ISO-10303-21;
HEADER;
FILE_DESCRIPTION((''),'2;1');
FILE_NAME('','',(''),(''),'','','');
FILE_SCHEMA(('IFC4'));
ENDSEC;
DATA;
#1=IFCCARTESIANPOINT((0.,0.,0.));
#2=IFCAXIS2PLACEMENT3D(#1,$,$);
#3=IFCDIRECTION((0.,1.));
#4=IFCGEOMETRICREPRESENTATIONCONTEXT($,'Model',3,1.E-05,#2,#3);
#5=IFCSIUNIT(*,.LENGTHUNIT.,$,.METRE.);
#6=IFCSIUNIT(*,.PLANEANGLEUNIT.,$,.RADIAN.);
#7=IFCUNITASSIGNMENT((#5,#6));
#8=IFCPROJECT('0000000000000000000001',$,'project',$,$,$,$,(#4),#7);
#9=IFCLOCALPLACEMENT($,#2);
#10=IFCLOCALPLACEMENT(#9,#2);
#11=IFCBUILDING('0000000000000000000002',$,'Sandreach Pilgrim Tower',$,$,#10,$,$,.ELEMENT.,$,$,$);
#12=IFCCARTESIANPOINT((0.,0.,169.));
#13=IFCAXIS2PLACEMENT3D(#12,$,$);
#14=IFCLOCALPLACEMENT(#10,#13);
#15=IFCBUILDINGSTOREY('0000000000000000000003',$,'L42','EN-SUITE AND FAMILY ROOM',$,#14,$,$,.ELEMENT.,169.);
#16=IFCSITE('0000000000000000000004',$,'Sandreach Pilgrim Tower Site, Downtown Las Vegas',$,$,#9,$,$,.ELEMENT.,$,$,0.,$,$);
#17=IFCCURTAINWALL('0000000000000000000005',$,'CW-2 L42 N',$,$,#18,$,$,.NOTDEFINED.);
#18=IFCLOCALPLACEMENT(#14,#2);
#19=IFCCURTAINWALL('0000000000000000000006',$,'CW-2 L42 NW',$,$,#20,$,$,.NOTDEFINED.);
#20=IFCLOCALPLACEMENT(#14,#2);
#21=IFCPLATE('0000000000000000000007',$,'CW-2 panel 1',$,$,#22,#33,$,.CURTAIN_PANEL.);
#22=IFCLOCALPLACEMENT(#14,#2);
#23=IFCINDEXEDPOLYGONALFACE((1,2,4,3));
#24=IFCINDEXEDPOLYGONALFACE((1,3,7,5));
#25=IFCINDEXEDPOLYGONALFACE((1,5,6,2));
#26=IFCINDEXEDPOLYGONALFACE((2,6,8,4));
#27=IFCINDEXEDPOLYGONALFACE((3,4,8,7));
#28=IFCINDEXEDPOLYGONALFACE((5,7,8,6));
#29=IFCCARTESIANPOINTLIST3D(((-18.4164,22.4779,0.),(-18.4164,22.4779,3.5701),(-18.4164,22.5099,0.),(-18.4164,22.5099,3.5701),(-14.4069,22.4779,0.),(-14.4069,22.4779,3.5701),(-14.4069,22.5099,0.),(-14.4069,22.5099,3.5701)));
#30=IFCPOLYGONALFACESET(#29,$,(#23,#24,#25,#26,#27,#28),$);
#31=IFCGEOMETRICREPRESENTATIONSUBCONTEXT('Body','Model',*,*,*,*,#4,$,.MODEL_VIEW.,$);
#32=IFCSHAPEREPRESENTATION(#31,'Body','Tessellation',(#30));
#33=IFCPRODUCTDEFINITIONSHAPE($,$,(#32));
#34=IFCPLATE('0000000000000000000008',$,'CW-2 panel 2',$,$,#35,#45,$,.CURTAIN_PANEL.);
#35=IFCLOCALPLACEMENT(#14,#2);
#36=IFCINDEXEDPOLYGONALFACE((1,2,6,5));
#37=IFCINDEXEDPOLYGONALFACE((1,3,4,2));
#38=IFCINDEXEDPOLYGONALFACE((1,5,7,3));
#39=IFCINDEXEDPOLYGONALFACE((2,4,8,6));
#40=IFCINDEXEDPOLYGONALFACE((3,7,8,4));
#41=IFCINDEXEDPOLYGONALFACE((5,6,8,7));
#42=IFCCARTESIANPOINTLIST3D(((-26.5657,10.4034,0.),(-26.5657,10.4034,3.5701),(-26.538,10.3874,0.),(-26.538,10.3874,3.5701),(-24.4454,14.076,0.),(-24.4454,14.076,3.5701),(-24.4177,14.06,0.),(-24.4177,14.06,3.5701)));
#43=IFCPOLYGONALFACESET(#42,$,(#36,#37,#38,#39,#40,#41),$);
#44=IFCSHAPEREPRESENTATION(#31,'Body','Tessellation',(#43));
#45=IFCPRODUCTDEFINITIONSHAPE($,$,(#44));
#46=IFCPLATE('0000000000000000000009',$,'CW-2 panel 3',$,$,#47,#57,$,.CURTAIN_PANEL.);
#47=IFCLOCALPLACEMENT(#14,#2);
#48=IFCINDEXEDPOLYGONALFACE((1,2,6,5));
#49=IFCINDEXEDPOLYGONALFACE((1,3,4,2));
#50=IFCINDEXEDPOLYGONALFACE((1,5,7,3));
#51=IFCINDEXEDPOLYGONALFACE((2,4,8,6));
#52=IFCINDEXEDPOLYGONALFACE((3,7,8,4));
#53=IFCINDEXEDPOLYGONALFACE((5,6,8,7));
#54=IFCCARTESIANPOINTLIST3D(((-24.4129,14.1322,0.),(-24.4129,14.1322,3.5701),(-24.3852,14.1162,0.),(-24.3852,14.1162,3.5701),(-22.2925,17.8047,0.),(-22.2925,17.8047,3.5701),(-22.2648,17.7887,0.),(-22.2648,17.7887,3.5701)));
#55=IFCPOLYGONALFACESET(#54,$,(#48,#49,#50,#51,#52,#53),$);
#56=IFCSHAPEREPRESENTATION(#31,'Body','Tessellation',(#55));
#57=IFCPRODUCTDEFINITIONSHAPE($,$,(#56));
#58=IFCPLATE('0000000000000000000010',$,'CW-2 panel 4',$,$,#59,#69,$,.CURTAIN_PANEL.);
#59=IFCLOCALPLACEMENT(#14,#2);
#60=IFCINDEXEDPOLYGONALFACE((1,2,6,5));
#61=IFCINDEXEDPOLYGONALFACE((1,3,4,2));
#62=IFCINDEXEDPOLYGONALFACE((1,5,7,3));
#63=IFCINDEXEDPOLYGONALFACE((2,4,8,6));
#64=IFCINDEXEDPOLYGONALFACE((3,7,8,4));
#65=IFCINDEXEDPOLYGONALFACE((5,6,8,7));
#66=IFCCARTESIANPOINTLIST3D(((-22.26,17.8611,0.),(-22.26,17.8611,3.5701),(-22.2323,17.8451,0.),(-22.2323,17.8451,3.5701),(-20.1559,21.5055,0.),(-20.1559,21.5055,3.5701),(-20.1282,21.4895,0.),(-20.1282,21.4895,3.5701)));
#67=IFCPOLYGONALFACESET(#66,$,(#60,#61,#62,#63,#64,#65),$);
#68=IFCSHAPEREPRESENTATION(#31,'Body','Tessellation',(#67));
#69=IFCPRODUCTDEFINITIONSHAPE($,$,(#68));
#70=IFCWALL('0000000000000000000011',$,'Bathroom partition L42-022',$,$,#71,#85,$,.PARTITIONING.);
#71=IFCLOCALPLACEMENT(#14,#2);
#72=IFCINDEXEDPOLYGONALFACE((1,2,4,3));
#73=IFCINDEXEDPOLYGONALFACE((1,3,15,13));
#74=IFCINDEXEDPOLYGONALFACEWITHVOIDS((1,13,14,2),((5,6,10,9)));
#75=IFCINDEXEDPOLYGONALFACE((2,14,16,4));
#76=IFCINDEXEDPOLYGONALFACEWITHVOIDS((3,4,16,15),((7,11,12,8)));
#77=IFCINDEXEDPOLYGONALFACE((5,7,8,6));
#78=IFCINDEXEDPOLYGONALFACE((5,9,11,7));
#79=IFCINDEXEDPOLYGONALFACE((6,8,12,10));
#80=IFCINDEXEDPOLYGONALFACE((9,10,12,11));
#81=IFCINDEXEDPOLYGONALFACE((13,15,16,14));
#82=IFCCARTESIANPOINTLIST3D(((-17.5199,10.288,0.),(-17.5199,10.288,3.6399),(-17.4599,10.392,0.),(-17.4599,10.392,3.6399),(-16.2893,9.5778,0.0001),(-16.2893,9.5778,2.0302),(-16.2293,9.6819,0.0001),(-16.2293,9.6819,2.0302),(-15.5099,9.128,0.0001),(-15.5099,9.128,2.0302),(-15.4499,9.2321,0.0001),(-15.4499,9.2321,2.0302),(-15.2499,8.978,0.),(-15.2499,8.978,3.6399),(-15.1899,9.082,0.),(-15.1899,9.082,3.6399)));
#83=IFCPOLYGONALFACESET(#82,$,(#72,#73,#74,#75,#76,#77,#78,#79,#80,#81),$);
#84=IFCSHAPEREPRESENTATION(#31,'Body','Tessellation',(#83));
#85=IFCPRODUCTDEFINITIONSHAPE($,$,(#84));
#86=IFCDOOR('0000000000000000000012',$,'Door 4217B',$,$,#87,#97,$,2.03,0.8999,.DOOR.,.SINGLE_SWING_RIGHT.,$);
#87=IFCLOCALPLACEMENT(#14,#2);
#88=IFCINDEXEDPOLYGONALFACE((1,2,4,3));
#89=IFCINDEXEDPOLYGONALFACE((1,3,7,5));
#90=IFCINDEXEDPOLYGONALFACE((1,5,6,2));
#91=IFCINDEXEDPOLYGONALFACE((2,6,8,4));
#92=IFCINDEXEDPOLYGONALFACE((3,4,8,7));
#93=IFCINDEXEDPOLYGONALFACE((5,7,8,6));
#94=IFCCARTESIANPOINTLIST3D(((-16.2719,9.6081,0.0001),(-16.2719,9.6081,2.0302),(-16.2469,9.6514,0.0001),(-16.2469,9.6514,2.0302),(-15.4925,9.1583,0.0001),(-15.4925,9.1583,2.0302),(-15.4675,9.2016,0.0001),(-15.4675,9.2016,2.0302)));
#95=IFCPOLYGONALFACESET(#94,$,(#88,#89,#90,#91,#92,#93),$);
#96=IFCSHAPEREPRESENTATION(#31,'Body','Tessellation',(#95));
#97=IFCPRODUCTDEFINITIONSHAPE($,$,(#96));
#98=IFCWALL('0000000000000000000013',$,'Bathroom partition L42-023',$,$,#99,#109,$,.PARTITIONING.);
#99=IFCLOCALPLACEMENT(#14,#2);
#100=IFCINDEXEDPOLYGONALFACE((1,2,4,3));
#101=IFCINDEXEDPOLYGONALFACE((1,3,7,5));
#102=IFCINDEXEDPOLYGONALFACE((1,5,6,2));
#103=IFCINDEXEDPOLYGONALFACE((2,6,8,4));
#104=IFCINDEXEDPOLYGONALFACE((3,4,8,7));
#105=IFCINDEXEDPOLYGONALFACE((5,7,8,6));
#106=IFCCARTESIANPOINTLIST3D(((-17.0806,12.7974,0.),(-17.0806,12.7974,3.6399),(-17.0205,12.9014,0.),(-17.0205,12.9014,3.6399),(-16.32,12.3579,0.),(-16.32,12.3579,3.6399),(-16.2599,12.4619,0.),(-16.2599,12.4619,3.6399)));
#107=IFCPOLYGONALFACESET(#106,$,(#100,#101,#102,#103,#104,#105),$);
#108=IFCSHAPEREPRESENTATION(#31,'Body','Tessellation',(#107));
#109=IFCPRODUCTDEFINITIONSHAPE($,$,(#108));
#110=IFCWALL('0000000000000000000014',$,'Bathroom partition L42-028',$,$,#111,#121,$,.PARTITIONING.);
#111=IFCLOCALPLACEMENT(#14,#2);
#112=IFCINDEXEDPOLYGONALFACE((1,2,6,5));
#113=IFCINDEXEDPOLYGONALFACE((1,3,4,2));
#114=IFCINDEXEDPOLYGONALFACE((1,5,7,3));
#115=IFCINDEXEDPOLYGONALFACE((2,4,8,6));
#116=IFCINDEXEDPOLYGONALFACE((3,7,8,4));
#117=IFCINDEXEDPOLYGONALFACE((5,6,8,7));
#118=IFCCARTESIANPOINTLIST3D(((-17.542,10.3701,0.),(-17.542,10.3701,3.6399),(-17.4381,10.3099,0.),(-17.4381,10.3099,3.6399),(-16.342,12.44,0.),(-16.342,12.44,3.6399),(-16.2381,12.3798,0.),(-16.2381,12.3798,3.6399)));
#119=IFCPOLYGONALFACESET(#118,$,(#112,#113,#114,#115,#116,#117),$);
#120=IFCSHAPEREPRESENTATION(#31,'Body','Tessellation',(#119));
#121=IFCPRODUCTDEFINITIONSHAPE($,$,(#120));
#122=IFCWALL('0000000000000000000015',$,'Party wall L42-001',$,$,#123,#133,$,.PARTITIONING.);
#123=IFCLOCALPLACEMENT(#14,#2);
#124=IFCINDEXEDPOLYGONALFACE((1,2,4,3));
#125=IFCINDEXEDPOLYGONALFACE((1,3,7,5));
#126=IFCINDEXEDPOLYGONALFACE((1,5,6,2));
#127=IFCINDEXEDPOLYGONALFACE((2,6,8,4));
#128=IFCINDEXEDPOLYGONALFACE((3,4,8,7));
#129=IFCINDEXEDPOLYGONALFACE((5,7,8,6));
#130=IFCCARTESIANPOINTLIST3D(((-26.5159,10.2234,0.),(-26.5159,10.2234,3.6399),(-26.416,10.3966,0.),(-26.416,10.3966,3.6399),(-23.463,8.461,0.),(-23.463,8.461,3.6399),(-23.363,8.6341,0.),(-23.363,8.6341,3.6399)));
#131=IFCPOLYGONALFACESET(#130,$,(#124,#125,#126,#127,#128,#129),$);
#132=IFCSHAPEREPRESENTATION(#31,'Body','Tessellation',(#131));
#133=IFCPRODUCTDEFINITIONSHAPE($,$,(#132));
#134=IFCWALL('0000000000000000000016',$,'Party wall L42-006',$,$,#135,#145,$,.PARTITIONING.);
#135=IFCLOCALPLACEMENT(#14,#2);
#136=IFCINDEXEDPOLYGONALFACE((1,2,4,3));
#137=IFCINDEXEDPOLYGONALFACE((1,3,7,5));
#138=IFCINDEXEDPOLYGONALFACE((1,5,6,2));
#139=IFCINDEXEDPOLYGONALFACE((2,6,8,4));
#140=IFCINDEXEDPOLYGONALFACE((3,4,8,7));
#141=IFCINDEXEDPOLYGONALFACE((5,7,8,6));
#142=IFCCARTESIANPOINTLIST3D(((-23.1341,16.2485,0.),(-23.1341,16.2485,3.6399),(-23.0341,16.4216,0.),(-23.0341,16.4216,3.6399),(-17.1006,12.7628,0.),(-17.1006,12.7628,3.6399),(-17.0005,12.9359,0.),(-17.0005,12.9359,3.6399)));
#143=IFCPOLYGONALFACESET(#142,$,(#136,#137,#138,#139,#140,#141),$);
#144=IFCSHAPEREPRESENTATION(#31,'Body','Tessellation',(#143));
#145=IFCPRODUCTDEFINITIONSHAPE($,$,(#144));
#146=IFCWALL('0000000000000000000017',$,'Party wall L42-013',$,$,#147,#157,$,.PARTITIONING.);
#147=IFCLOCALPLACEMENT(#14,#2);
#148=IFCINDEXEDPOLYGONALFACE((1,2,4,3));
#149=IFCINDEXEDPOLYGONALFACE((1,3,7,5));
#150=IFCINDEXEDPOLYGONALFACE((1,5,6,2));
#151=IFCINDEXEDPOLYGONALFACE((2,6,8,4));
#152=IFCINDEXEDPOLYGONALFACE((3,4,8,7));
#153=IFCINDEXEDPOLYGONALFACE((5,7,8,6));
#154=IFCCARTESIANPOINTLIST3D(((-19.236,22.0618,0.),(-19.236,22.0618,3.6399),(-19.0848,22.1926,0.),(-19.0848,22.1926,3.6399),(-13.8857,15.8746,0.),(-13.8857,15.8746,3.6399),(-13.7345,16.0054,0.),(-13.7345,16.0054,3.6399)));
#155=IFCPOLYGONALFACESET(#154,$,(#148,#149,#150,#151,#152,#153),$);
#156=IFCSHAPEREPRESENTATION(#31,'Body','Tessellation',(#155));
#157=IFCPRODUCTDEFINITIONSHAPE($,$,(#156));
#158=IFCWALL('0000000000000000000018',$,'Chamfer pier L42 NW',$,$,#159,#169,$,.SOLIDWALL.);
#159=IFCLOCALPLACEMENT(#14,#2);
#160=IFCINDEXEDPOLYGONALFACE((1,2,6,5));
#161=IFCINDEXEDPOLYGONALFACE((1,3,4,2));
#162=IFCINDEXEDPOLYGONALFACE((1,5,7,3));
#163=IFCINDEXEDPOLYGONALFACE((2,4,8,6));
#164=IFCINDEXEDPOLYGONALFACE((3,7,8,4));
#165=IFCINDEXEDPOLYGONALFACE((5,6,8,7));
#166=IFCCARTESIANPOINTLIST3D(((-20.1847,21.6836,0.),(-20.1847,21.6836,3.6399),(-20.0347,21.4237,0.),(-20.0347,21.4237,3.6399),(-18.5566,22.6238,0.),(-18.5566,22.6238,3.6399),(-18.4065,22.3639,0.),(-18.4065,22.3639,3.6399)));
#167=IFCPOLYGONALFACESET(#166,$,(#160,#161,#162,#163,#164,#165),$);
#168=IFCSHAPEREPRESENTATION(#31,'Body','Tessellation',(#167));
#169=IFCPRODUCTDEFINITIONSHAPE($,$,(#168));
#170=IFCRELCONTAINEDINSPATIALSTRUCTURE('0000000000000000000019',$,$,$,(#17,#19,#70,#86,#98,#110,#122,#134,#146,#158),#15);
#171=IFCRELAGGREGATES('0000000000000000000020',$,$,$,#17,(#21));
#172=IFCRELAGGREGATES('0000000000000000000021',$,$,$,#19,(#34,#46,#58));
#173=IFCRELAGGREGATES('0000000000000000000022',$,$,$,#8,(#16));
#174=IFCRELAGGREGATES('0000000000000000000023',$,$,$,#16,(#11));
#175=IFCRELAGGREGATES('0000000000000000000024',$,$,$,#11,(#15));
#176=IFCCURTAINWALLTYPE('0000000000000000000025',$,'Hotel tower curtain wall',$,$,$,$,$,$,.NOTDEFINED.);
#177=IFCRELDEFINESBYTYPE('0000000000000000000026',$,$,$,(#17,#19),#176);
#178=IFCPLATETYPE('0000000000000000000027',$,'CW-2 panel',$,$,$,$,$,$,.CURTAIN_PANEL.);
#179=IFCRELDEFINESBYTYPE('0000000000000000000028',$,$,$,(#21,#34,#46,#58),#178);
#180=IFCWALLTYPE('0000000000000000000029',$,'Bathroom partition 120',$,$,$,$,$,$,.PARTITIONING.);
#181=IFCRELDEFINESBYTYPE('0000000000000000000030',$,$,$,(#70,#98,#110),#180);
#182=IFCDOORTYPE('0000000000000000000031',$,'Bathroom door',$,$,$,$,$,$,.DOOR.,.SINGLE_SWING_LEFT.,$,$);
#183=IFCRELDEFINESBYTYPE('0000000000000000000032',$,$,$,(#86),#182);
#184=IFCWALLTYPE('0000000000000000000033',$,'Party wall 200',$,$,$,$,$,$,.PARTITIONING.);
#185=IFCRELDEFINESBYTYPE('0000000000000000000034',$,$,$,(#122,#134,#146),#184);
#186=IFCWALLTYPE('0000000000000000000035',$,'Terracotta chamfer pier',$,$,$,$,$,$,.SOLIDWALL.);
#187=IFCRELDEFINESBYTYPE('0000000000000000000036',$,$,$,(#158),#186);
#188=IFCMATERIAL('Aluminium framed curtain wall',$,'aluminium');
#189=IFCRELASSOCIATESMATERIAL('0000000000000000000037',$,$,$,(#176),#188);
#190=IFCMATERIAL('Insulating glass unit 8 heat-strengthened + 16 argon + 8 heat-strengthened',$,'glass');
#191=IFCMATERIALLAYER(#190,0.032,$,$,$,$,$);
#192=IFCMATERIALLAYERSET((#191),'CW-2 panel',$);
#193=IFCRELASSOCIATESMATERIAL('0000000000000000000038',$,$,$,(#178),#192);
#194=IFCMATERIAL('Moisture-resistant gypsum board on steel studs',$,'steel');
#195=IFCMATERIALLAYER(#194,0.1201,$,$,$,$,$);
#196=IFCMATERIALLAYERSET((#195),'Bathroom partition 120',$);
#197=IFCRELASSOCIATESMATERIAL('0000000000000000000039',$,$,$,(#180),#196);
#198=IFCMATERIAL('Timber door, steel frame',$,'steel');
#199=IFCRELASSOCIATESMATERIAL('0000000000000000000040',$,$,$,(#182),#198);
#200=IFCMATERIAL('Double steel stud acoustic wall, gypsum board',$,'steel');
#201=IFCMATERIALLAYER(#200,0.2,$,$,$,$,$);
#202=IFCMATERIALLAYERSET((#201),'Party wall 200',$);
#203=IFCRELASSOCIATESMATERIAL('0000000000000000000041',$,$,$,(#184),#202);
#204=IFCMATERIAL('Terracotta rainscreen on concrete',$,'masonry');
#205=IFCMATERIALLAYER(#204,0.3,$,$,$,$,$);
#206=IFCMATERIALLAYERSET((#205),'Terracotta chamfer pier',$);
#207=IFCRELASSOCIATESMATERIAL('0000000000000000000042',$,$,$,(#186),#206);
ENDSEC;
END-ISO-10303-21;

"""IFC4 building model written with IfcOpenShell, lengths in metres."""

from ifc_helpers import new_model, si_unit, direction, frame, frame_2d, origin, origin_2d, place, context, subcontext, project, spatial, rectangle, extrude, material, layer, layer_set, type_object, element, fill, aggregate, save


model = new_model("IFC4")

# Units and contexts
model_context = context("Model", 3, precision=1e-05, world=origin(), true_north=direction((0.0, 1.0)))
body_context = subcontext(model_context, "Body", "Model", "MODEL_VIEW")
ifc_project = project(units=[si_unit("LENGTHUNIT", "METRE"), si_unit("PLANEANGLEUNIT", "RADIAN")], contexts=[model_context])

# Site, building, storey
site_placement = place(None, origin())
site = spatial("IfcSite", under=ifc_project, at=site_placement, Name="Sandreach Pilgrim Tower Site, Downtown Las Vegas", CompositionType="ELEMENT", RefElevation=0.0)
building_placement = place(site_placement, origin())
building = spatial("IfcBuilding", under=site, at=building_placement, Name="Sandreach Pilgrim Tower", CompositionType="ELEMENT")
storey_placement = place(building_placement, frame((0.0, 0.0, 169.0)))
storey = spatial("IfcBuildingStorey", under=building, at=storey_placement, Name="L42", Description="EN-SUITE AND FAMILY ROOM", CompositionType="ELEMENT", Elevation=169.0)

# Curtain wall
ifc_material_1 = material(Name="Aluminium framed curtain wall", Category="aluminium")
curtain_wall_type = type_object("IfcCurtainWallType", Name="Hotel tower curtain wall", PredefinedType="NOTDEFINED", material=ifc_material_1)
curtain_wall_1_placement = place(storey_placement, origin())
curtain_wall_1 = element("IfcCurtainWall", 1, at=curtain_wall_1_placement, inside=storey, type_object=curtain_wall_type, Name="CW-2 L42 N", PredefinedType="NOTDEFINED")

# Curtain wall
curtain_wall_2_placement = place(storey_placement, origin())
curtain_wall_2 = element("IfcCurtainWall", 2, at=curtain_wall_2_placement, inside=storey, type_object=curtain_wall_type, Name="CW-2 L42 NW", PredefinedType="NOTDEFINED")

# Plates
ifc_material_2 = material(Name="Insulating glass unit 8 heat-strengthened + 16 argon + 8 heat-strengthened", Category="glass")
ifc_layer_1 = layer(ifc_material_2, 0.032)
ifc_layer_set_1 = layer_set([ifc_layer_1], Name="CW-2 panel")
plate_type = type_object("IfcPlateType", Name="CW-2 panel", PredefinedType="CURTAIN_PANEL", material=ifc_layer_set_1)
plate_1_placement = place(storey_placement, frame((-16.4116, 22.4939, 0.0), z_axis=(0.0, 0.0, 1.0), x_axis=(1.0, 0.0, 0.0)))
plate_1 = element("IfcPlate", 3, at=plate_1_placement, type_object=plate_type, Name="CW-2 panel 1", PredefinedType="CURTAIN_PANEL", context=body_context, shape_type="SweptSolid", body=[
    extrude(rectangle(XDim=4.0095, YDim=0.032, at=origin_2d()), origin(), (0.0, 0.0, 1.0), 3.5701),
])
aggregate(curtain_wall_1, [plate_1])
plate_2_placement = place(storey_placement, frame((-25.4917, 12.2317, 0.0), z_axis=(0.0, 0.0, 1.0), x_axis=(0.5, 0.866025, 0.0)))
plate_2 = element("IfcPlate", 4, at=plate_2_placement, type_object=plate_type, Name="CW-2 panel 2", PredefinedType="CURTAIN_PANEL", context=body_context, shape_type="SweptSolid", body=[
    extrude(rectangle(XDim=4.2407, YDim=0.032, at=origin_2d()), origin(), (0.0, 0.0, 1.0), 3.5701),
])
plate_3_placement = place(storey_placement, frame((-23.3389, 15.9604, 0.0), z_axis=(0.0, 0.0, 1.0), x_axis=(0.5, 0.866025, 0.0)))
plate_3 = element("IfcPlate", 5, at=plate_3_placement, type_object=plate_type, Name="CW-2 panel 3", PredefinedType="CURTAIN_PANEL", context=body_context, shape_type="SweptSolid", body=[
    extrude(rectangle(XDim=4.2407, YDim=0.032, at=origin_2d()), origin(), (0.0, 0.0, 1.0), 3.5701),
])
plate_4_placement = place(storey_placement, frame((-21.1941, 19.6753, 0.0), z_axis=(0.0, 0.0, 1.0), x_axis=(0.5, 0.866025, 0.0)))
plate_4 = element("IfcPlate", 6, at=plate_4_placement, type_object=plate_type, Name="CW-2 panel 4", PredefinedType="CURTAIN_PANEL", context=body_context, shape_type="SweptSolid", body=[
    extrude(rectangle(XDim=4.2083, YDim=0.032, at=origin_2d()), origin(), (0.0, 0.0, 1.0), 3.5701),
])
aggregate(curtain_wall_2, [plate_2, plate_3, plate_4])

# Wall, opening, door
ifc_material_3 = material(Name="Moisture-resistant gypsum board on steel studs", Category="steel")
ifc_layer_2 = layer(ifc_material_3, 0.1201)
ifc_layer_set_2 = layer_set([ifc_layer_2], Name="Bathroom partition 120")
wall_type_1 = type_object("IfcWallType", Name="Bathroom partition 120", PredefinedType="PARTITIONING", material=ifc_layer_set_2)
wall_1_placement = place(storey_placement, frame((-17.49, 10.3401, 0.0), z_axis=(0.0, 0.0, 1.0), x_axis=(0.866114, -0.499846, 0.0)))
wall_1 = element("IfcWall", 7, at=wall_1_placement, inside=storey, type_object=wall_type_1, Name="Bathroom partition L42-022", PredefinedType="PARTITIONING", context=body_context, shape_type="SweptSolid", body=[
    extrude(rectangle(XDim=2.6208, YDim=0.1201, at=frame_2d((1.3105, 0.0))), origin(), (0.0, 0.0, 1.0), 3.6399),
])
opening_placement = place(wall_1_placement, frame((1.4209, 0.0, 0.0)))
opening = element("IfcOpeningElement", 8, at=opening_placement, cuts=wall_1, PredefinedType="OPENING", context=body_context, shape_type="SweptSolid", body=[
    extrude(rectangle(XDim=0.8999, YDim=2.03, at=frame_2d((0.45, 1.0151))), frame((0.0, 0.0601, 0.0), z_axis=(0.0, -1.0, 0.0), x_axis=(1.0, 0.0, 0.0)), (0.0, 0.0, 1.0), 0.1201),
])
ifc_material_4 = material(Name="Timber door, steel frame", Category="steel")
door_type = type_object("IfcDoorType", Name="Bathroom door", OperationType="SINGLE_SWING_LEFT", PredefinedType="DOOR", material=ifc_material_4)
door_placement = place(opening_placement, origin())
door = element("IfcDoor", 9, at=door_placement, inside=storey, type_object=door_type, Name="Door 4217B", OperationType="SINGLE_SWING_RIGHT", OverallHeight=2.03, OverallWidth=0.8999, PredefinedType="DOOR", context=body_context, shape_type="SweptSolid", body=[
    extrude(rectangle(XDim=0.8999, YDim=2.03, at=frame_2d((0.45, 1.0151))), frame((0.0, 0.0249, 0.0), z_axis=(0.0, -1.0, 0.0), x_axis=(1.0, 0.0, 0.0)), (0.0, 0.0, 1.0), 0.05),
])
fill(opening, door)

# Walls
wall_2_placement = place(storey_placement, frame((-17.0505, 12.8494, 0.0), z_axis=(0.0, 0.0, 1.0), x_axis=(0.865838, -0.500324, 0.0)))
element("IfcWall", 10, at=wall_2_placement, inside=storey, type_object=wall_type_1, Name="Bathroom partition L42-023", PredefinedType="PARTITIONING", context=body_context, shape_type="SweptSolid", body=[
    extrude(rectangle(XDim=0.8784, YDim=0.1201, at=frame_2d((0.4392, 0.0))), origin(), (0.0, 0.0, 1.0), 3.6399),
])
wall_3_placement = place(storey_placement, frame((-16.29, 12.4099, 0.0), z_axis=(0.0, 0.0, 1.0), x_axis=(-0.501547, -0.86513, 0.0)))
element("IfcWall", 11, at=wall_3_placement, inside=storey, type_object=wall_type_1, Name="Bathroom partition L42-028", PredefinedType="PARTITIONING", context=body_context, shape_type="SweptSolid", body=[
    extrude(rectangle(XDim=2.3926, YDim=0.1201, at=frame_2d((1.1963, 0.0))), origin(), (0.0, 0.0, 1.0), 3.6399),
])
ifc_material_5 = material(Name="Double steel stud acoustic wall, gypsum board", Category="steel")
ifc_layer_3 = layer(ifc_material_5, 0.2)
ifc_layer_set_3 = layer_set([ifc_layer_3], Name="Party wall 200")
wall_type_2 = type_object("IfcWallType", Name="Party wall 200", PredefinedType="PARTITIONING", material=ifc_layer_set_3)
wall_4_placement = place(storey_placement, frame((-26.4661, 10.3101, 0.0), z_axis=(0.0, 0.0, 1.0), x_axis=(0.866048, -0.49996, 0.0)))
element("IfcWall", 12, at=wall_4_placement, inside=storey, type_object=wall_type_2, Name="Party wall L42-001", PredefinedType="PARTITIONING", context=body_context, shape_type="SweptSolid", body=[
    extrude(rectangle(XDim=3.5251, YDim=0.2, at=frame_2d((1.7627, 0.0))), origin(), (0.0, 0.0, 1.0), 3.6399),
])
wall_5_placement = place(storey_placement, frame((-23.084, 16.335, 0.0), z_axis=(0.0, 0.0, 1.0), x_axis=(0.86589, -0.500235, 0.0)))
element("IfcWall", 13, at=wall_5_placement, inside=storey, type_object=wall_type_2, Name="Party wall L42-006", PredefinedType="PARTITIONING", context=body_context, shape_type="SweptSolid", body=[
    extrude(rectangle(XDim=6.968, YDim=0.2, at=frame_2d((3.4839, 0.0))), origin(), (0.0, 0.0, 1.0), 3.6399),
])
wall_6_placement = place(storey_placement, frame((-19.1604, 22.1272, 0.0), z_axis=(0.0, 0.0, 1.0), x_axis=(0.654096, -0.756411, 0.0)))
element("IfcWall", 14, at=wall_6_placement, inside=storey, type_object=wall_type_2, Name="Party wall L42-013", PredefinedType="PARTITIONING", context=body_context, shape_type="SweptSolid", body=[
    extrude(rectangle(XDim=8.1797, YDim=0.2, at=frame_2d((4.0898, 0.0))), origin(), (0.0, 0.0, 1.0), 3.6399),
])
ifc_material_6 = material(Name="Terracotta rainscreen on concrete", Category="masonry")
ifc_layer_4 = layer(ifc_material_6, 0.3)
ifc_layer_set_4 = layer_set([ifc_layer_4], Name="Terracotta chamfer pier")
wall_type_3 = type_object("IfcWallType", Name="Terracotta chamfer pier", PredefinedType="SOLIDWALL", material=ifc_layer_set_4)
wall_7_placement = place(storey_placement, frame((-20.1096, 21.5537, 0.0), z_axis=(0.0, 0.0, 1.0), x_axis=(0.865989, 0.500063, 0.0)))
element("IfcWall", 15, at=wall_7_placement, inside=storey, type_object=wall_type_3, Name="Chamfer pier L42 NW", PredefinedType="SOLIDWALL", context=body_context, shape_type="SweptSolid", body=[
    extrude(rectangle(XDim=1.8801, YDim=0.3, at=frame_2d((0.9399, 0.0))), origin(), (0.0, 0.0, 1.0), 3.6399),
])

save(model, "model.ifc")
